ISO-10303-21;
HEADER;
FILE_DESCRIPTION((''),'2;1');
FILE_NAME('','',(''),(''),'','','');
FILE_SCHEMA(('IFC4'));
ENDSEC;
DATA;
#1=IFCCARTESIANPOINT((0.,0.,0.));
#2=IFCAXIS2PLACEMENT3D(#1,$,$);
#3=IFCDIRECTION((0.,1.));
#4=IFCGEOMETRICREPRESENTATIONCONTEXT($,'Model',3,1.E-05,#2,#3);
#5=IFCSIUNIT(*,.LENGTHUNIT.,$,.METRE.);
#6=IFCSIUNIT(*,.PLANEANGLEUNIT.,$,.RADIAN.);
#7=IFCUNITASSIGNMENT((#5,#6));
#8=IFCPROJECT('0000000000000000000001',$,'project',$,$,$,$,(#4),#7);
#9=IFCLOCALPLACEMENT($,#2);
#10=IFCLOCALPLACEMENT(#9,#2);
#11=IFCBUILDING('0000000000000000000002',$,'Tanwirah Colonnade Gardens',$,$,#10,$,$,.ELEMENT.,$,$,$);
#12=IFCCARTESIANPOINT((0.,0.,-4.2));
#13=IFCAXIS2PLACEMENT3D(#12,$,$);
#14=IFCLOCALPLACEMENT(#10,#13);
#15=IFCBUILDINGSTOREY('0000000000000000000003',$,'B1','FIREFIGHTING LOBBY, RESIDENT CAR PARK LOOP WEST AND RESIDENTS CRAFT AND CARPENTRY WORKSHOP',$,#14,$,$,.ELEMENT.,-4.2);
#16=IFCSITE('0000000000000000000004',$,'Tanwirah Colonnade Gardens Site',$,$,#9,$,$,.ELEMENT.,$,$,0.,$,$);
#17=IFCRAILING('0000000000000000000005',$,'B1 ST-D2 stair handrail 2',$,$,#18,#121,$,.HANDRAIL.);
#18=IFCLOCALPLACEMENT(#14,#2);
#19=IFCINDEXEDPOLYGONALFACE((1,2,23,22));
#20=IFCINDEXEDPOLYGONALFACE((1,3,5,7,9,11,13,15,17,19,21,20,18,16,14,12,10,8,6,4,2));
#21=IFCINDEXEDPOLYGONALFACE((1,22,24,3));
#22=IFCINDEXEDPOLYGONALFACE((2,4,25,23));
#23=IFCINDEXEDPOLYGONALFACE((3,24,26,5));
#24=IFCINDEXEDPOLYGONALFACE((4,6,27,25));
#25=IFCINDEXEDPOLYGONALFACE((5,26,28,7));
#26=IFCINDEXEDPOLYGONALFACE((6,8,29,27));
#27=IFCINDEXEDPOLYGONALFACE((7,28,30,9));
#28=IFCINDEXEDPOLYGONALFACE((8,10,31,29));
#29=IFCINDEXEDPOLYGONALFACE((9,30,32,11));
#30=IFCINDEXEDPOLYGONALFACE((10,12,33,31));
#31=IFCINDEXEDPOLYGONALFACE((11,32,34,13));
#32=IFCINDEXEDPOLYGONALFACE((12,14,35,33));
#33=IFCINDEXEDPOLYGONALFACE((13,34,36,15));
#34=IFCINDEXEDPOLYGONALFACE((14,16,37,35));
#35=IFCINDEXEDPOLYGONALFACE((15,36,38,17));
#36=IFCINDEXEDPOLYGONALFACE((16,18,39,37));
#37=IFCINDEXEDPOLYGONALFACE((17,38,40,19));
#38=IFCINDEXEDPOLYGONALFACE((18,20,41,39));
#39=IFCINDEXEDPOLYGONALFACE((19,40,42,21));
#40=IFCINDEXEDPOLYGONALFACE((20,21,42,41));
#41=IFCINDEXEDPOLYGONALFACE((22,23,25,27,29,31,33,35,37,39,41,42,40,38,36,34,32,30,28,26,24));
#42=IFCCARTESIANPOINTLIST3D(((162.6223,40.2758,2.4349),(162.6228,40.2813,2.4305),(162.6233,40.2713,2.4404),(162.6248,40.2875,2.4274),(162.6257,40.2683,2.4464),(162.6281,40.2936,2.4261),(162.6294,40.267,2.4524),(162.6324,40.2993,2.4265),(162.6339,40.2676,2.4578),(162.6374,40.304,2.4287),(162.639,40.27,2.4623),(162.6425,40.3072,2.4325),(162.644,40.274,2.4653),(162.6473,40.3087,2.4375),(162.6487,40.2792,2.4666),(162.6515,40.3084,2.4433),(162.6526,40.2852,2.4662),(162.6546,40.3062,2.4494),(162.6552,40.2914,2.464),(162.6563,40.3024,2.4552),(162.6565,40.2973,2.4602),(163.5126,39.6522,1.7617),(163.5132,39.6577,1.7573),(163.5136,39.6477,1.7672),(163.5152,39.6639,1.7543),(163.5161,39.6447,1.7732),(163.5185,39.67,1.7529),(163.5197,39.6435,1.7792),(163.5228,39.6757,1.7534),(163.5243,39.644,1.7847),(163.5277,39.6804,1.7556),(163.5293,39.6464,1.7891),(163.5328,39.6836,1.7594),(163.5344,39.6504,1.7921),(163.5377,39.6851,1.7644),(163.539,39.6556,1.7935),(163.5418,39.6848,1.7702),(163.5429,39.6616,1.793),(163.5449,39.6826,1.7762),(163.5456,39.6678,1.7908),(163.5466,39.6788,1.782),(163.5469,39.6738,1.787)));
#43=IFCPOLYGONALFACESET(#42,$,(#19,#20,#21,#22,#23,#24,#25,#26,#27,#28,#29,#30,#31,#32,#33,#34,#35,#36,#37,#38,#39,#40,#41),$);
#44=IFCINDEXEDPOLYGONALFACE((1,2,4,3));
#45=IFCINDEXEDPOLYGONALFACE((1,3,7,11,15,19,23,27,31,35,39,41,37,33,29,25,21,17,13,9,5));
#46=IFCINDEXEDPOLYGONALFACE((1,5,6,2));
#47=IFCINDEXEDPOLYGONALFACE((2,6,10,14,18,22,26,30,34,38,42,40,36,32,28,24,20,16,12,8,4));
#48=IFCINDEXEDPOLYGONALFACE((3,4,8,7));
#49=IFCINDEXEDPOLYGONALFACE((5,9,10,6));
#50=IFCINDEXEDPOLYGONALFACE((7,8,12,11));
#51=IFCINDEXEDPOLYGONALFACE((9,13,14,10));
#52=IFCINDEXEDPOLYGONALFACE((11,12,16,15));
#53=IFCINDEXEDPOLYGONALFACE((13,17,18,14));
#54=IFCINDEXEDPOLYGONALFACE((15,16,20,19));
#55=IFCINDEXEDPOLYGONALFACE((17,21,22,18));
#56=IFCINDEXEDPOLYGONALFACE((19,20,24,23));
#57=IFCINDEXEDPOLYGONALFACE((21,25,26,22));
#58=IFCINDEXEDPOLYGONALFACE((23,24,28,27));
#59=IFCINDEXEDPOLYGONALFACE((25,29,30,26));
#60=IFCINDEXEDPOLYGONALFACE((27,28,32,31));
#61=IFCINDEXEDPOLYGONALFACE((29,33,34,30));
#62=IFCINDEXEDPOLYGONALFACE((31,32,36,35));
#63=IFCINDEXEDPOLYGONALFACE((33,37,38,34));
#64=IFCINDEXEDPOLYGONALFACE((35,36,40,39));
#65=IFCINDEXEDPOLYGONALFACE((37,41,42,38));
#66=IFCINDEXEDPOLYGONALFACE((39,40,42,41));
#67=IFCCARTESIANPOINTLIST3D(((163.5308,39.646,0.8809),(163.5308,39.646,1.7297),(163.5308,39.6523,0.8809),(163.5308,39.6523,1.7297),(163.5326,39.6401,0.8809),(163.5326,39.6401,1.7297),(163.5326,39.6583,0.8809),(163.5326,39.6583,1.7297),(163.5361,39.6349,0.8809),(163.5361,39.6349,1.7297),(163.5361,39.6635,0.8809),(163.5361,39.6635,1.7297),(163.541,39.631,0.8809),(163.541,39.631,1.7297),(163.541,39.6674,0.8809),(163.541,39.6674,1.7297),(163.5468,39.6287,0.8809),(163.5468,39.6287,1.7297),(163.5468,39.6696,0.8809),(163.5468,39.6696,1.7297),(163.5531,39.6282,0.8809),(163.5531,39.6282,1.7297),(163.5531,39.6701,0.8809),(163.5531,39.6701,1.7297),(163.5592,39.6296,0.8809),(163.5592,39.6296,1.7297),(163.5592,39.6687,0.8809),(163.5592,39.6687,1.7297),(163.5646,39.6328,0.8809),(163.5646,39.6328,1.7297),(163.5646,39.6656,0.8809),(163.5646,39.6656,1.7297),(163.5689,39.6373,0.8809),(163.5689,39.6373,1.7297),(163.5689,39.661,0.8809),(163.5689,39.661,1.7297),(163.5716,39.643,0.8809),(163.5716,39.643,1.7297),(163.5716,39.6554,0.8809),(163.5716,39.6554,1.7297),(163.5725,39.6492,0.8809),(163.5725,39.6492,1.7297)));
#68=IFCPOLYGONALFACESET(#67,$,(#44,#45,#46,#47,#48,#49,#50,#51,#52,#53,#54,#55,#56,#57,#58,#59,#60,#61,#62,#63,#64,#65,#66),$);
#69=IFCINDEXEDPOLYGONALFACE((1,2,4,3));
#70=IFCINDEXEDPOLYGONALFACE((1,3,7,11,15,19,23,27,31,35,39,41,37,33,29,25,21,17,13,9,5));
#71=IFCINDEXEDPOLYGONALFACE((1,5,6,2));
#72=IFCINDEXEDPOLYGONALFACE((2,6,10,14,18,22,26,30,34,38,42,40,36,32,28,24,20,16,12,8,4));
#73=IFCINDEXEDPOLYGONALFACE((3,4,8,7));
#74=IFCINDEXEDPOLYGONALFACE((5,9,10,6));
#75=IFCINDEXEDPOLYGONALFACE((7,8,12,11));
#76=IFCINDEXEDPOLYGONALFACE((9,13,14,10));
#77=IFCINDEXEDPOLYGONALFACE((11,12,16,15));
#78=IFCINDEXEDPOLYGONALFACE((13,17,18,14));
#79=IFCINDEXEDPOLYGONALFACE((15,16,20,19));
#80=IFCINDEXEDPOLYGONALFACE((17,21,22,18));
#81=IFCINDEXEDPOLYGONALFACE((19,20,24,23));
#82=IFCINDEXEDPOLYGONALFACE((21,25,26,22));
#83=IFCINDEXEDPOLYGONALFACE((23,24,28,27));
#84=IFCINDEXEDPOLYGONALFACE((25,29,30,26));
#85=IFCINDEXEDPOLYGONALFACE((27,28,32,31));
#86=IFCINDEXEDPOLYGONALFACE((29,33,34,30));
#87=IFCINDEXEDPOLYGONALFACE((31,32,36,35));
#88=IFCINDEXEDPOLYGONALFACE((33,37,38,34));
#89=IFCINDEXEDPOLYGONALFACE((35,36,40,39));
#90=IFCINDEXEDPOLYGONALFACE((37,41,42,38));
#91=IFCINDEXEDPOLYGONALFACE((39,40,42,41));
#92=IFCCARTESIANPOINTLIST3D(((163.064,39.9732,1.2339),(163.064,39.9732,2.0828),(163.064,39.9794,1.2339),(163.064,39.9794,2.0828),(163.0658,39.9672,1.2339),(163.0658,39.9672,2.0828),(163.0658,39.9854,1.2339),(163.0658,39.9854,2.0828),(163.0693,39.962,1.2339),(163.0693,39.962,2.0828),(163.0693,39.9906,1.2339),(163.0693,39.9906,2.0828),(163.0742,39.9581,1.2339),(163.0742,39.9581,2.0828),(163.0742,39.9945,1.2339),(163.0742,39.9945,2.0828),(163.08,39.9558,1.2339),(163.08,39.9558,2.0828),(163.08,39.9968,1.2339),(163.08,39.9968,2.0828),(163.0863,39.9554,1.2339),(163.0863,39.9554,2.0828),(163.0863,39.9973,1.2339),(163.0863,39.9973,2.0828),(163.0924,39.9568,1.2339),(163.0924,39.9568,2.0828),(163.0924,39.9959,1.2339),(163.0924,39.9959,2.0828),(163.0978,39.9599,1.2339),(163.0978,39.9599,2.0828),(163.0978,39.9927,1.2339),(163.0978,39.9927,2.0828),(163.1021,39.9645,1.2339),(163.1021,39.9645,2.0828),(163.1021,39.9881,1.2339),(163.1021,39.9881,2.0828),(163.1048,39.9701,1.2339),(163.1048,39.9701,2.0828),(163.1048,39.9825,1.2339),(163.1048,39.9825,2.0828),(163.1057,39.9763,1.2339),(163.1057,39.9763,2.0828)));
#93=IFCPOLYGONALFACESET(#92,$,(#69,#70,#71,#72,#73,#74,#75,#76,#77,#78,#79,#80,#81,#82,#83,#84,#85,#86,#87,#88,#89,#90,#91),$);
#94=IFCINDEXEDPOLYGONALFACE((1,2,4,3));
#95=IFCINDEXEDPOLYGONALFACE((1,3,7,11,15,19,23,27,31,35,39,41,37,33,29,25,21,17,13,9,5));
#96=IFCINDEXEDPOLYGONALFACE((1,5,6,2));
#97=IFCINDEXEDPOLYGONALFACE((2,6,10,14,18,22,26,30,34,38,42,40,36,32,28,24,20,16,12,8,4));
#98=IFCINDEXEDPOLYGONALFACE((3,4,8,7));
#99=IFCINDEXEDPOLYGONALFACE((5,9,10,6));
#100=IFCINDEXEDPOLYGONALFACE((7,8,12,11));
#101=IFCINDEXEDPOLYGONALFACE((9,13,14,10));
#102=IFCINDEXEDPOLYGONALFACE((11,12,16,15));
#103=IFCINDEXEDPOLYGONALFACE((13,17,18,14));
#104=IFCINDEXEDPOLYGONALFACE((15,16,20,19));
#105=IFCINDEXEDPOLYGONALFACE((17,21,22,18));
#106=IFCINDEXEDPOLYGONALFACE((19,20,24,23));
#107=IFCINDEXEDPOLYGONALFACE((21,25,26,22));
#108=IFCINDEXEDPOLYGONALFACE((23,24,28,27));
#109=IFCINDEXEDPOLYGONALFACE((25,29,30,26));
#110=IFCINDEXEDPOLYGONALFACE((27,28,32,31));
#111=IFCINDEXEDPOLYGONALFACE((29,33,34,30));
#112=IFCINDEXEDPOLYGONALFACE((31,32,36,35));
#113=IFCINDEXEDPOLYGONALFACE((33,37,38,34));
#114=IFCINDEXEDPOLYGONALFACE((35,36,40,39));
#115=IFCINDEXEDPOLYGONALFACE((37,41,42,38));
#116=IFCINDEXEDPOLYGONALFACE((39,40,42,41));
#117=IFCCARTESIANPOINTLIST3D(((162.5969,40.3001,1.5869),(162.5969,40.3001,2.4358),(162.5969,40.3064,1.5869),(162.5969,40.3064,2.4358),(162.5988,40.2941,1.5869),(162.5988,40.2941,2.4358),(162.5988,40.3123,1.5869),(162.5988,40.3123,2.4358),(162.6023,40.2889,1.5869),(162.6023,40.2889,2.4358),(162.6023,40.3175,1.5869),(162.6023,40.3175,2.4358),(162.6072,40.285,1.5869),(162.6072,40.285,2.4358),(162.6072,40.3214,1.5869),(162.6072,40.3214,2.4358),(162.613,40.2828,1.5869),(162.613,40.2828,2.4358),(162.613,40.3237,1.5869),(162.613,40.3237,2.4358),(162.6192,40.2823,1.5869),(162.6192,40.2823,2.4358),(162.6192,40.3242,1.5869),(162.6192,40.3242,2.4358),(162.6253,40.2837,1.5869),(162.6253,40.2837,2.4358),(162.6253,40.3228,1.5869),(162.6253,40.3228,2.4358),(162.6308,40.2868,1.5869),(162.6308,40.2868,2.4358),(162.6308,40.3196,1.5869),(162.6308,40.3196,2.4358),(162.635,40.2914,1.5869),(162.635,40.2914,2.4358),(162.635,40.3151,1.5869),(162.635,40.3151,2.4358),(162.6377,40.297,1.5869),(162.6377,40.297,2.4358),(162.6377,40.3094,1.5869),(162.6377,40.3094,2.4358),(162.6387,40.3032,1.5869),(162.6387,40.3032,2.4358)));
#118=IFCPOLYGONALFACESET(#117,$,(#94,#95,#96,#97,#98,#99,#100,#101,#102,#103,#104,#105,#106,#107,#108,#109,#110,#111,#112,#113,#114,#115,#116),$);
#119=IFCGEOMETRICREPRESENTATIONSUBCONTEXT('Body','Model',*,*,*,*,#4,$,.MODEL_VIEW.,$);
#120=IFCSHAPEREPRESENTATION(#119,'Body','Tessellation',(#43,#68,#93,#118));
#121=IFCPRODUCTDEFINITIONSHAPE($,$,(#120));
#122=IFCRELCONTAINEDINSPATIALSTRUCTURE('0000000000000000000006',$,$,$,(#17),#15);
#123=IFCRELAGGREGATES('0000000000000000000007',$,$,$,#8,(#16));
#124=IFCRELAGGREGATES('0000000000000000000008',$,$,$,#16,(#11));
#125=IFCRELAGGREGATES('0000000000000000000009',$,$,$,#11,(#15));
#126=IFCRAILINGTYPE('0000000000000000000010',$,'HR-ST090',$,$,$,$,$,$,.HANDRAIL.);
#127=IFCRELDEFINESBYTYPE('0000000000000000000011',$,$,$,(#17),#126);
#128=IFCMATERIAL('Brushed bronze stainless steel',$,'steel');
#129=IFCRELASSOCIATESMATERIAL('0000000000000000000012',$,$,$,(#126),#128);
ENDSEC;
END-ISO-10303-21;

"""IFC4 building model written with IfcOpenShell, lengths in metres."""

from ifc_helpers import new_model, si_unit, direction, frame, origin, origin_2d, place, context, subcontext, project, spatial, circle, extrude, material, type_object, element, save


model = new_model("IFC4")

# Units and contexts
model_context = context("Model", 3, precision=1e-05, world=origin(), true_north=direction((0.0, 1.0)))
body_context = subcontext(model_context, "Body", "Model", "MODEL_VIEW")
ifc_project = project(units=[si_unit("LENGTHUNIT", "METRE"), si_unit("PLANEANGLEUNIT", "RADIAN")], contexts=[model_context])

# Site, building, storey
site_placement = place(None, origin())
site = spatial("IfcSite", under=ifc_project, at=site_placement, Name="Tanwirah Colonnade Gardens Site", CompositionType="ELEMENT", RefElevation=0.0)
building_placement = place(site_placement, origin())
building = spatial("IfcBuilding", under=site, at=building_placement, Name="Tanwirah Colonnade Gardens", CompositionType="ELEMENT")
storey_placement = place(building_placement, frame((0.0, 0.0, -4.2)))
storey = spatial("IfcBuildingStorey", under=building, at=storey_placement, Name="B1", Description="FIREFIGHTING LOBBY, RESIDENT CAR PARK LOOP WEST AND RESIDENTS CRAFT AND CARPENTRY WORKSHOP", CompositionType="ELEMENT", Elevation=-4.2)

# Railing
ifc_material_1 = material(Name="Brushed bronze stainless steel", Category="steel")
railing_type_1 = type_object("IfcRailingType", Name="HR-ST090", PredefinedType="HANDRAIL", material=ifc_material_1)
railing_1_placement = place(storey_placement, frame((163.5515, 39.6492, 0.8809)))
element("IfcRailing", 1, at=railing_1_placement, inside=storey, type_object=railing_type_1, Name="B1 ST-D2 stair handrail 2", PredefinedType="HANDRAIL", context=body_context, shape_type="SweptSolid", body=[
    extrude(circle(Radius=0.0239, at=origin_2d()), frame((-0.0217, 0.0151, 0.8923), z_axis=(-0.696361, 0.487726, 0.526503), x_axis=(-0.573678, -0.819081, 0.0)), (0.0, 0.0, 1.0), 1.2786),
    extrude(circle(Radius=0.021, at=origin_2d()), origin(), (0.0, 0.0, 1.0), 0.8489),
    extrude(circle(Radius=0.021, at=origin_2d()), frame((-0.4668, 0.3271, 0.353)), (0.0, 0.0, 1.0), 0.8489),
    extrude(circle(Radius=0.021, at=origin_2d()), frame((-0.9338, 0.6541, 0.7061)), (0.0, 0.0, 1.0), 0.8489),
])

save(model, "model.ifc")
